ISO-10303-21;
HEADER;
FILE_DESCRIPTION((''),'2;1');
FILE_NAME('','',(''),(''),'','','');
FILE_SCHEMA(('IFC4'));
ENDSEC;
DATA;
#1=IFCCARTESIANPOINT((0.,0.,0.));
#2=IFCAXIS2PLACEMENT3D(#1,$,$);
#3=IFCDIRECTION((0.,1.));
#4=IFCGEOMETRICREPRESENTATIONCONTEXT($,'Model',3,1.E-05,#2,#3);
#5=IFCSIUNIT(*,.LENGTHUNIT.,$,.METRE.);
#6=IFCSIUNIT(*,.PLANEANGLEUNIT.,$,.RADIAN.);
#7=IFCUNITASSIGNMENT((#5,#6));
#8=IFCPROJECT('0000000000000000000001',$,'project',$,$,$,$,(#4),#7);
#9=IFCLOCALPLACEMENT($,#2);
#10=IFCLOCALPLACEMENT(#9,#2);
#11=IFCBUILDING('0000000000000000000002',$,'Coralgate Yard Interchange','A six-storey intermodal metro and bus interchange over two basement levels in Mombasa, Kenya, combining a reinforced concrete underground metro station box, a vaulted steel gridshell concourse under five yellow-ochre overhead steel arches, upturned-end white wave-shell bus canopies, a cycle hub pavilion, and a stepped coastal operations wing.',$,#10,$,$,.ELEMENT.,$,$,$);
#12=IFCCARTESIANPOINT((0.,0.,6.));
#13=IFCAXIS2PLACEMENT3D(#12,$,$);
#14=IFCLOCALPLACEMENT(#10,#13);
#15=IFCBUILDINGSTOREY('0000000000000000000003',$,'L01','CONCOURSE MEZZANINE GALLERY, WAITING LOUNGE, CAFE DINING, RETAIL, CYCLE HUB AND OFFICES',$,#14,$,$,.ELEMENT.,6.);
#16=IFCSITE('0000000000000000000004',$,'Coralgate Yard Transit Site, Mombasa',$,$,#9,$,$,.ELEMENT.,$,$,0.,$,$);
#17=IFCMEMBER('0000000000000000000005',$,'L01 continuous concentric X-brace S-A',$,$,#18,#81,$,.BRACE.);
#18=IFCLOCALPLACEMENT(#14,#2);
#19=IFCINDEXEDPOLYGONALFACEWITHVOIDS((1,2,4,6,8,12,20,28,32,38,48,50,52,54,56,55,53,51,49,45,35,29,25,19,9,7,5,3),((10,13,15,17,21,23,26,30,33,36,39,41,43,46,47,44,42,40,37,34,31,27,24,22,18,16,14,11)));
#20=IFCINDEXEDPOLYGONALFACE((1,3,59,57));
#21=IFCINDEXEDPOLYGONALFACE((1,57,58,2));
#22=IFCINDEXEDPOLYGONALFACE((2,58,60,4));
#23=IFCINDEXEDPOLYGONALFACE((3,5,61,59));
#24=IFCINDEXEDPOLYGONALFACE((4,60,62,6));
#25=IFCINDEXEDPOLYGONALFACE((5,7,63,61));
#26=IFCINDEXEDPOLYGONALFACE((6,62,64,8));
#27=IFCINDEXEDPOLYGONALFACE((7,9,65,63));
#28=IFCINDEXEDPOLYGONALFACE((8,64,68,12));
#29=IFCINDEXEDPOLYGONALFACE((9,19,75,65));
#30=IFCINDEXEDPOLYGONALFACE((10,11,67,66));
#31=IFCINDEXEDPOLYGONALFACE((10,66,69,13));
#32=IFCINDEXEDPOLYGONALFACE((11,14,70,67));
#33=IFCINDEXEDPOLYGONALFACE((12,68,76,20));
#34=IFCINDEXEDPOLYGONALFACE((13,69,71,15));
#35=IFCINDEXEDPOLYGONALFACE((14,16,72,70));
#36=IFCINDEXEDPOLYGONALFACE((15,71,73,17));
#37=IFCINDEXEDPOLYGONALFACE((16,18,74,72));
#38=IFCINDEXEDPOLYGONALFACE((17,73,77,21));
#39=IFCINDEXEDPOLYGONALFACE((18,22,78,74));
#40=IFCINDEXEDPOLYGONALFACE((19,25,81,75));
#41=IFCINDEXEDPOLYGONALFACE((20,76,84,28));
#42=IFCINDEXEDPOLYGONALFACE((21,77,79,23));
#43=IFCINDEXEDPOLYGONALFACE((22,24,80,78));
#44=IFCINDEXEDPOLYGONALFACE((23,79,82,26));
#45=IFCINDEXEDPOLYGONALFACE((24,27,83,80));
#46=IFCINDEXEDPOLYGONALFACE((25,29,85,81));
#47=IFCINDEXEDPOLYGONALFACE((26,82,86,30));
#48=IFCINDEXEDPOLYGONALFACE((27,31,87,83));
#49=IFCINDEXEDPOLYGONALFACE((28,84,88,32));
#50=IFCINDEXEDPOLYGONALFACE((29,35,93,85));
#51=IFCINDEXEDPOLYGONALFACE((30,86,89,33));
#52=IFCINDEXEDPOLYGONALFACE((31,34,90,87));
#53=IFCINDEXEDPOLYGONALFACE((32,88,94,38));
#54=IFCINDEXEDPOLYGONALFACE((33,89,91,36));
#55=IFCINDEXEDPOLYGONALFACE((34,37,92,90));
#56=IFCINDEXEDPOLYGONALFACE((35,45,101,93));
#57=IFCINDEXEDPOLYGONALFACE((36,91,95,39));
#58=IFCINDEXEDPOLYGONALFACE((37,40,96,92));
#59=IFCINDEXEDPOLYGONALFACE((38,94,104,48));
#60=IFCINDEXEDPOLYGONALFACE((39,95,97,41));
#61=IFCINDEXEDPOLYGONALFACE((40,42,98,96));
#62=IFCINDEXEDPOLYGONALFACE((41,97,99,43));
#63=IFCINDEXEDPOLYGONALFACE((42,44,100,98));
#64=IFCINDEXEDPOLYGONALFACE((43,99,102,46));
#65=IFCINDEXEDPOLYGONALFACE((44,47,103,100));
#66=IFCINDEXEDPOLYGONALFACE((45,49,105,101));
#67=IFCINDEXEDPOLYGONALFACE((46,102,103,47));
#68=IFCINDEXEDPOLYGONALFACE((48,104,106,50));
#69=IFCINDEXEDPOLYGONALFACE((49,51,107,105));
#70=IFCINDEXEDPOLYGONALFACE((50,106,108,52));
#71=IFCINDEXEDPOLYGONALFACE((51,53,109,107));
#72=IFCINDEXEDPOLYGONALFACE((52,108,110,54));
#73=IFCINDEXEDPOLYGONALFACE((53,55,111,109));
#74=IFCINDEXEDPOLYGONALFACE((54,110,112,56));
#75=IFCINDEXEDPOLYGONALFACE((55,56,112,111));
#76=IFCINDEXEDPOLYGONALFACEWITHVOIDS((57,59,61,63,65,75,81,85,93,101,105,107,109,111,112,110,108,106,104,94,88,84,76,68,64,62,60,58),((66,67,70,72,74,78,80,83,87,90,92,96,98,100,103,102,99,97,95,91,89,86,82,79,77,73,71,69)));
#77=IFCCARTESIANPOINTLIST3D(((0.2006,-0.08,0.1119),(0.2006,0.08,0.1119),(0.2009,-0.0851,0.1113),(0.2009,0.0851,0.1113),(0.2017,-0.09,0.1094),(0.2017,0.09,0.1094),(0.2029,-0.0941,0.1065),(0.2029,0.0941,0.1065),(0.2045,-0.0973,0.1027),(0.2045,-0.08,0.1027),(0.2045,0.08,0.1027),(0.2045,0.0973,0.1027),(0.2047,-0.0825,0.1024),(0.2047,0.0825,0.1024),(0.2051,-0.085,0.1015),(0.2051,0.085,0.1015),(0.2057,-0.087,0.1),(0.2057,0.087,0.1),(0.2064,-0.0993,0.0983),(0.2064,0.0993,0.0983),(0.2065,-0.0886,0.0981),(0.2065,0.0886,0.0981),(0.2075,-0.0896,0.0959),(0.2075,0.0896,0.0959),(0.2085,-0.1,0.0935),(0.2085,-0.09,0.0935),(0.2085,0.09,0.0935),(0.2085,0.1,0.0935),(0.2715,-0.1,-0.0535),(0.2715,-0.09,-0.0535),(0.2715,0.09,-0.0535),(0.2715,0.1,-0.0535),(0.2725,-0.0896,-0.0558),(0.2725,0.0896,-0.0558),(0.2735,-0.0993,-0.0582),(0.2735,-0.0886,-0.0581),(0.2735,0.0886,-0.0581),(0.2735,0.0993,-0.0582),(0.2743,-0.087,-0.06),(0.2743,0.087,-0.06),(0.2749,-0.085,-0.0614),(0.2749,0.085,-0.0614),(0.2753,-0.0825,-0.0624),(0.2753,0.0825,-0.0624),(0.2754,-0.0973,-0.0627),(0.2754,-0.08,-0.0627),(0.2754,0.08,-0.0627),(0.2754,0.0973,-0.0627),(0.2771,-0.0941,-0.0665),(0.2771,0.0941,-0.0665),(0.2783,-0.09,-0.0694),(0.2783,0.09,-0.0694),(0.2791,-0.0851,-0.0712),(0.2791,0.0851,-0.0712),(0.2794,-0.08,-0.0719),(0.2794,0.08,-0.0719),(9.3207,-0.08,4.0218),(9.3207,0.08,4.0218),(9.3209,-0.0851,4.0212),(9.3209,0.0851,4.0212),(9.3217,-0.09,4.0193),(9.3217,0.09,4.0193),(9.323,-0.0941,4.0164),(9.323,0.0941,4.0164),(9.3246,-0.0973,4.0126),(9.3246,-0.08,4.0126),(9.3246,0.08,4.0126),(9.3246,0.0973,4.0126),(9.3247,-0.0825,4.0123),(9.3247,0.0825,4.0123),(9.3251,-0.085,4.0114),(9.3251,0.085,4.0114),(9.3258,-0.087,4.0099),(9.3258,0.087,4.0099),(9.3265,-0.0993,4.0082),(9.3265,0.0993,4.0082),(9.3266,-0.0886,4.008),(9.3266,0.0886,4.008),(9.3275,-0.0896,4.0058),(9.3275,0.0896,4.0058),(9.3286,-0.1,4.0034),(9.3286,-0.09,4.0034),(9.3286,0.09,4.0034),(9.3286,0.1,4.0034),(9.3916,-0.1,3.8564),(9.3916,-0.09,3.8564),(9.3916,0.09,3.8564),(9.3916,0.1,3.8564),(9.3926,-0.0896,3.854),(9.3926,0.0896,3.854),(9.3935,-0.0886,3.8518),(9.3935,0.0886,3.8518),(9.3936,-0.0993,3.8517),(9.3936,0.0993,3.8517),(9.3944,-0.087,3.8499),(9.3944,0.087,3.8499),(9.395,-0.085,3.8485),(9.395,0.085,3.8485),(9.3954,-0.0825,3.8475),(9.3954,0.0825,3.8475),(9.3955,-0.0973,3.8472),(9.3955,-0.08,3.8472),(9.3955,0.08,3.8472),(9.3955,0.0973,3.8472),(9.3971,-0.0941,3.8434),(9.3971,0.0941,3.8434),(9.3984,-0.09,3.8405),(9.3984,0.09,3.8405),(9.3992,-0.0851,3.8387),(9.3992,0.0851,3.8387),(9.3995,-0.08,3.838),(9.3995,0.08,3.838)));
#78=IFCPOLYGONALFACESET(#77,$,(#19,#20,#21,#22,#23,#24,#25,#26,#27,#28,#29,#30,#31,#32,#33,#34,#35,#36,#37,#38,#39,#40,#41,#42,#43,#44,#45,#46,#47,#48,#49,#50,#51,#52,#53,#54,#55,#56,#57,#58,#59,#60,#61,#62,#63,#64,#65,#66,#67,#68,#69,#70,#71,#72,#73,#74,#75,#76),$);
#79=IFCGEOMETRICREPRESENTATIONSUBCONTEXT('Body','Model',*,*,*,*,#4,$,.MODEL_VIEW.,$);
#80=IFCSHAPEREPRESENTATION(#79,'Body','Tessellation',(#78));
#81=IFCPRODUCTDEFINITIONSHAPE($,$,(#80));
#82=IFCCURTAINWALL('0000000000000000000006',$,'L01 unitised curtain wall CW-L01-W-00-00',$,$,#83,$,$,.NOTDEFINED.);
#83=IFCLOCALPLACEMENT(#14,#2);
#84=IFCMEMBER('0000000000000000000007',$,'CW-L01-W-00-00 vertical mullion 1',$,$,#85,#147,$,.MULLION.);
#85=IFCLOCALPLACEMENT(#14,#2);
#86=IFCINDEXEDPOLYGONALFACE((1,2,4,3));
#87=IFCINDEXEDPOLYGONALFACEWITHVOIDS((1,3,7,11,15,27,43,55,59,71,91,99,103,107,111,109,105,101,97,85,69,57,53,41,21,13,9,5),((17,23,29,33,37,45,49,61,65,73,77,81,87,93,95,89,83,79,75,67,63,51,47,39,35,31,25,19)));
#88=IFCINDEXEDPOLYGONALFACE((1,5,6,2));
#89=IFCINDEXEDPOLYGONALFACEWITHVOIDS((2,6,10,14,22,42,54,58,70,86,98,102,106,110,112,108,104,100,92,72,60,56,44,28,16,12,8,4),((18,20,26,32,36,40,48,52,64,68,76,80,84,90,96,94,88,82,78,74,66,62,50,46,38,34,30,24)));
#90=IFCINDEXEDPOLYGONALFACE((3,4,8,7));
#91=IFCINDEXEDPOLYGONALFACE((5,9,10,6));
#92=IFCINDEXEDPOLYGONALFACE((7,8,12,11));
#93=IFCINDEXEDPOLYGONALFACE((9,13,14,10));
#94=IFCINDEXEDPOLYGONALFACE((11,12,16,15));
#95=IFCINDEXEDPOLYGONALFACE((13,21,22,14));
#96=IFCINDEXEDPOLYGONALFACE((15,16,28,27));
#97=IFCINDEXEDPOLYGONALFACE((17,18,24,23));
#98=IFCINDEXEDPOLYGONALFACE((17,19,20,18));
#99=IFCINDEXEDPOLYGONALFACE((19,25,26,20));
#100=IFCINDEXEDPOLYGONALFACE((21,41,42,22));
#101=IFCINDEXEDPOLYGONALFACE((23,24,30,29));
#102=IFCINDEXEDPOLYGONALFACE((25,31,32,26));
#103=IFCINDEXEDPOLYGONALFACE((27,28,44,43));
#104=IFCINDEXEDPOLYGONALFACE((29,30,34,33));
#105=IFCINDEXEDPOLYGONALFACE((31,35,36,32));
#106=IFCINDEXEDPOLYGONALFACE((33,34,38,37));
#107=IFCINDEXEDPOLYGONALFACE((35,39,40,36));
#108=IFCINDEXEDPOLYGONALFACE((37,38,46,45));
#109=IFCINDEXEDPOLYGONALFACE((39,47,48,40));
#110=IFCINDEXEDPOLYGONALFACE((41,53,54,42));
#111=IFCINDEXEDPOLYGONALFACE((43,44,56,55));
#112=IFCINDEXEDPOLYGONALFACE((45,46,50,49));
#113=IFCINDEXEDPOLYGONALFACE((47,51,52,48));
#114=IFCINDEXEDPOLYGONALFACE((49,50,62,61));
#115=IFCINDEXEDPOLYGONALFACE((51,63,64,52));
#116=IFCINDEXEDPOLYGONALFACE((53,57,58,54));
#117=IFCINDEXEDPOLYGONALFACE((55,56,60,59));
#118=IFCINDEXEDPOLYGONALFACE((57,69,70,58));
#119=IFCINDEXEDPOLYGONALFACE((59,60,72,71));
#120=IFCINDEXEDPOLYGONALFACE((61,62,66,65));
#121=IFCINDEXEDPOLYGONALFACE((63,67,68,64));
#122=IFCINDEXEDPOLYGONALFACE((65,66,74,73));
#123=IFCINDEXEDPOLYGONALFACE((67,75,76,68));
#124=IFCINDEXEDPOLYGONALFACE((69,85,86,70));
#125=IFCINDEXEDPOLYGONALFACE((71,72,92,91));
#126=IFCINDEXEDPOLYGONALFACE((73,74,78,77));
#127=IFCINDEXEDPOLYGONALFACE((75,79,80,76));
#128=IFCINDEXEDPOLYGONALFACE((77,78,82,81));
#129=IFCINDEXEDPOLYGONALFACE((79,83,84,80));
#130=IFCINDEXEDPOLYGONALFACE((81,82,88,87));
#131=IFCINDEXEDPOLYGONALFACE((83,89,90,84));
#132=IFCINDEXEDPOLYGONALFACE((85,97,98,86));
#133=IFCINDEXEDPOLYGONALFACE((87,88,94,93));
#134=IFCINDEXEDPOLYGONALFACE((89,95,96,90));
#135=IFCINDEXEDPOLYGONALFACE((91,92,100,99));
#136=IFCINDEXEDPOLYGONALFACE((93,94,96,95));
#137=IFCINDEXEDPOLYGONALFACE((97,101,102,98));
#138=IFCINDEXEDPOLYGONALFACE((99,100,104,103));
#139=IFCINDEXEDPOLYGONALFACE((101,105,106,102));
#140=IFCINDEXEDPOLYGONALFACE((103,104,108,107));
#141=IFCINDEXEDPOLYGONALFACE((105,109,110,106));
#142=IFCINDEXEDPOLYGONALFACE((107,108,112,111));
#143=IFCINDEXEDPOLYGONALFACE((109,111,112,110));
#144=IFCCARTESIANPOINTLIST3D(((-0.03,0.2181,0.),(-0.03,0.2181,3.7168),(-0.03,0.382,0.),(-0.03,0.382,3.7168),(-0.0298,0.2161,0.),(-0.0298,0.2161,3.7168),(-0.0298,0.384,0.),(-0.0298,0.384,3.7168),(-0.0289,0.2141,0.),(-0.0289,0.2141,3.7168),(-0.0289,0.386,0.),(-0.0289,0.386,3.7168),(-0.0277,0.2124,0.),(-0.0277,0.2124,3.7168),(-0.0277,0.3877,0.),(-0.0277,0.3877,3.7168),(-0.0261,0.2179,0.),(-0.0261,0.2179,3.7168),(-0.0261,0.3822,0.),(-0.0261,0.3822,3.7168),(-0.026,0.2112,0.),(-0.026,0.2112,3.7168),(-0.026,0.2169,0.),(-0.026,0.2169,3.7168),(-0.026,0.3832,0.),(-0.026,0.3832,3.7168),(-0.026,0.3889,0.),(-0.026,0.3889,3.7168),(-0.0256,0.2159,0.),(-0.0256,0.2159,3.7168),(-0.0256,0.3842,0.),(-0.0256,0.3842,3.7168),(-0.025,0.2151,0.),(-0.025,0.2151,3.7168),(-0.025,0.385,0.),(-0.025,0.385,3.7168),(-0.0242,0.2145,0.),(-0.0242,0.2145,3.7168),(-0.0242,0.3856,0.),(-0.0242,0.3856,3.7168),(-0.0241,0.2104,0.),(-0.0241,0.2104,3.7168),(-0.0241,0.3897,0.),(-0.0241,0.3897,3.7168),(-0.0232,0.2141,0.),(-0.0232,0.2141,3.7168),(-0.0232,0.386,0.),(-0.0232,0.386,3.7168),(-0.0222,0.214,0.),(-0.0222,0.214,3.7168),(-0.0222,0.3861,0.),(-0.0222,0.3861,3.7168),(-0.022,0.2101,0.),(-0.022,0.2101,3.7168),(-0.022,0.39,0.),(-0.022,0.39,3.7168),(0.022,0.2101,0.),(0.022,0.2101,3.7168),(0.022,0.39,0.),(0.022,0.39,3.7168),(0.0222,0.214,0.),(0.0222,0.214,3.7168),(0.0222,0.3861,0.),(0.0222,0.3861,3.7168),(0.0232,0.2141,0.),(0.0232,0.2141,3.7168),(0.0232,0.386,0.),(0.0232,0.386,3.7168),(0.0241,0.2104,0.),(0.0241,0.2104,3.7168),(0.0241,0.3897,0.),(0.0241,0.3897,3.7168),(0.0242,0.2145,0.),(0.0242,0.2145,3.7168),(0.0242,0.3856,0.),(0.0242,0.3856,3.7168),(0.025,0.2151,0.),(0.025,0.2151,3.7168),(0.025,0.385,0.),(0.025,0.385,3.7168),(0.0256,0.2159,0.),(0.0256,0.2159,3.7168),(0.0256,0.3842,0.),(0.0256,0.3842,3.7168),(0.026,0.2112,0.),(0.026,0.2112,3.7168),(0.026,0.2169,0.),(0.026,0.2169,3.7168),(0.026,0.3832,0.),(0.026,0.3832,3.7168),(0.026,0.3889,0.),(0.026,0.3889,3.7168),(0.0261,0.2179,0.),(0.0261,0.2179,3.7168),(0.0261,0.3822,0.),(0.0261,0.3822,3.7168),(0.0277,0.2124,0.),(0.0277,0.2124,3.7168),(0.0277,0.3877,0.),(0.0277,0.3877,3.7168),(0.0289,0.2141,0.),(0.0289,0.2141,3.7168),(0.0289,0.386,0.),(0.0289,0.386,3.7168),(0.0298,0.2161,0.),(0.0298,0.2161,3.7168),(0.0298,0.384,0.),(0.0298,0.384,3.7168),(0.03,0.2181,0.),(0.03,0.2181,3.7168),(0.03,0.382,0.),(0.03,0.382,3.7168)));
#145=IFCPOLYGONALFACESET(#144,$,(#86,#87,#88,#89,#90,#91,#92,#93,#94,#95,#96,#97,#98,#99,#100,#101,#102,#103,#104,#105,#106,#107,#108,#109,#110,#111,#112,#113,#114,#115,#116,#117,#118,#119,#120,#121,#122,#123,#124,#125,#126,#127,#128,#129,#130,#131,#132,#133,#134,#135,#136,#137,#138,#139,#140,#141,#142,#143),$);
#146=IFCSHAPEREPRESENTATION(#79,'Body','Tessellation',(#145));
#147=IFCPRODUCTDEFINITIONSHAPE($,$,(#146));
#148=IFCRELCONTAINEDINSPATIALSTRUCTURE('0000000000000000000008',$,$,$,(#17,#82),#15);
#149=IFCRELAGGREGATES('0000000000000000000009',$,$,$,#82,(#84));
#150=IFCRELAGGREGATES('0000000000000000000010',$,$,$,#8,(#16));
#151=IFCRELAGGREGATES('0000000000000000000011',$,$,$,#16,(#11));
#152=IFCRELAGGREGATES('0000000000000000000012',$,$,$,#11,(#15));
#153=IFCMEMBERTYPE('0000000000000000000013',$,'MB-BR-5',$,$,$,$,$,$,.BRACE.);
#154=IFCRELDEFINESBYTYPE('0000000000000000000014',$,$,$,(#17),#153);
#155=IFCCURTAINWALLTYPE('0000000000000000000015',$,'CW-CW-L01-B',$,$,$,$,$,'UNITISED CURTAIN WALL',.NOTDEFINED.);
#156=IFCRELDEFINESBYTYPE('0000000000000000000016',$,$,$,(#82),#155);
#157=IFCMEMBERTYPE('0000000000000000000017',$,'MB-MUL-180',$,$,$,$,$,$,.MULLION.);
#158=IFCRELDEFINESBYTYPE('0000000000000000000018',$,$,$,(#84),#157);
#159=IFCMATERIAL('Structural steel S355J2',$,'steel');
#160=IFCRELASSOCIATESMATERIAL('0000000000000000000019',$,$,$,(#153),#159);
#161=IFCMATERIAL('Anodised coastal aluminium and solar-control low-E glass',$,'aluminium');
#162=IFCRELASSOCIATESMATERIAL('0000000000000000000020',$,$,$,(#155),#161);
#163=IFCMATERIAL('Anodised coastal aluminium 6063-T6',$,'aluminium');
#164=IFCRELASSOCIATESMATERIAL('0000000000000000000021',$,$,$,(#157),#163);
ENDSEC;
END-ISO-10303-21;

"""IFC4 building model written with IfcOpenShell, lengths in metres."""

from ifc_helpers import new_model, si_unit, direction, frame, origin, origin_2d, place, context, subcontext, project, spatial, hollow_rectangle, extrude, material, material_profile, profile_set, type_object, element, aggregate, save


model = new_model("IFC4")

# Units and contexts
model_context = context("Model", 3, precision=1e-05, world=origin(), true_north=direction((0.0, 1.0)))
body_context = subcontext(model_context, "Body", "Model", "MODEL_VIEW")
ifc_project = project(units=[si_unit("LENGTHUNIT", "METRE"), si_unit("PLANEANGLEUNIT", "RADIAN")], contexts=[model_context])

# Site, building, storey
site_placement = place(None, origin())
site = spatial("IfcSite", under=ifc_project, at=site_placement, Name="Coralgate Yard Transit Site, Mombasa", CompositionType="ELEMENT", RefElevation=0.0)
building_placement = place(site_placement, origin())
building = spatial("IfcBuilding", under=site, at=building_placement, Name="Coralgate Yard Interchange", Description="A six-storey intermodal metro and bus interchange over two basement levels in Mombasa, Kenya, combining a reinforced concrete underground metro station box, a vaulted steel gridshell concourse under five yellow-ochre overhead steel arches, upturned-end white wave-shell bus canopies, a cycle hub pavilion, and a stepped coastal operations wing.", CompositionType="ELEMENT")
storey_placement = place(building_placement, frame((0.0, 0.0, 6.0)))
storey = spatial("IfcBuildingStorey", under=building, at=storey_placement, Name="L01", Description="CONCOURSE MEZZANINE GALLERY, WAITING LOUNGE, CAFE DINING, RETAIL, CYCLE HUB AND OFFICES", CompositionType="ELEMENT", Elevation=6.0)

# Shared definitions
ifc_material_1 = material(Name="Structural steel S355J2", Category="steel")

# Member
ifc_material_profile_1 = material_profile(ifc_material_1, hollow_rectangle(XDim=0.2, YDim=0.2, WallThickness=0.01, InnerFilletRadius=0.01, OuterFilletRadius=0.02, at=origin_2d()), Name="SHS 200x200x10")
ifc_profile_set_1 = profile_set([ifc_material_profile_1], Name="Structural steel S355J2")
member_type_1 = type_object("IfcMemberType", Name="MB-BR-5", PredefinedType="BRACE", material=ifc_profile_set_1)
member_1_placement = place(storey_placement, frame((0.24, 0.0, 0.02), z_axis=(0.919098, 0.0, 0.394029), x_axis=(0.0, 1.0, 0.0)))
element("IfcMember", 1, at=member_1_placement, inside=storey, type_object=member_type_1, Name="L01 continuous concentric X-brace S-A", PredefinedType="BRACE", context=body_context, shape_type="SweptSolid", body=[
    extrude(hollow_rectangle(XDim=0.2, YDim=0.2, WallThickness=0.01, InnerFilletRadius=0.01, OuterFilletRadius=0.02, at=origin_2d()), origin(), (0.0, 0.0, 1.0), 9.9229),
])

# Curtain wall, member
ifc_material_2 = material(Name="Anodised coastal aluminium and solar-control low-E glass", Category="aluminium")
curtain_wall_type = type_object("IfcCurtainWallType", Name="CW-CW-L01-B", ElementType="UNITISED CURTAIN WALL", PredefinedType="NOTDEFINED", material=ifc_material_2)
curtain_wall_placement = place(storey_placement, origin())
curtain_wall = element("IfcCurtainWall", 2, at=curtain_wall_placement, inside=storey, type_object=curtain_wall_type, Name="L01 unitised curtain wall CW-L01-W-00-00", PredefinedType="NOTDEFINED")
ifc_material_3 = material(Name="Anodised coastal aluminium 6063-T6", Category="aluminium")
ifc_material_profile_2 = material_profile(ifc_material_3, hollow_rectangle(XDim=0.0601, YDim=0.1799, WallThickness=0.0039, InnerFilletRadius=0.0039, OuterFilletRadius=0.0081, at=origin_2d()), Name="ALU 60x180x4")
ifc_profile_set_2 = profile_set([ifc_material_profile_2], Name="Anodised coastal aluminium 6063-T6")
member_type_2 = type_object("IfcMemberType", Name="MB-MUL-180", PredefinedType="MULLION", material=ifc_profile_set_2)
member_2_placement = place(storey_placement, frame((0.0, 0.3, 0.0), z_axis=(0.0, 0.0, 1.0), x_axis=(1.0, 0.0, 0.0)))
member_2 = element("IfcMember", 3, at=member_2_placement, type_object=member_type_2, Name="CW-L01-W-00-00 vertical mullion 1", PredefinedType="MULLION", context=body_context, shape_type="SweptSolid", body=[
    extrude(hollow_rectangle(XDim=0.0601, YDim=0.1799, WallThickness=0.0039, InnerFilletRadius=0.0039, OuterFilletRadius=0.0081, at=origin_2d()), origin(), (0.0, 0.0, 1.0), 3.7168),
])
aggregate(curtain_wall, [member_2])

save(model, "model.ifc")
